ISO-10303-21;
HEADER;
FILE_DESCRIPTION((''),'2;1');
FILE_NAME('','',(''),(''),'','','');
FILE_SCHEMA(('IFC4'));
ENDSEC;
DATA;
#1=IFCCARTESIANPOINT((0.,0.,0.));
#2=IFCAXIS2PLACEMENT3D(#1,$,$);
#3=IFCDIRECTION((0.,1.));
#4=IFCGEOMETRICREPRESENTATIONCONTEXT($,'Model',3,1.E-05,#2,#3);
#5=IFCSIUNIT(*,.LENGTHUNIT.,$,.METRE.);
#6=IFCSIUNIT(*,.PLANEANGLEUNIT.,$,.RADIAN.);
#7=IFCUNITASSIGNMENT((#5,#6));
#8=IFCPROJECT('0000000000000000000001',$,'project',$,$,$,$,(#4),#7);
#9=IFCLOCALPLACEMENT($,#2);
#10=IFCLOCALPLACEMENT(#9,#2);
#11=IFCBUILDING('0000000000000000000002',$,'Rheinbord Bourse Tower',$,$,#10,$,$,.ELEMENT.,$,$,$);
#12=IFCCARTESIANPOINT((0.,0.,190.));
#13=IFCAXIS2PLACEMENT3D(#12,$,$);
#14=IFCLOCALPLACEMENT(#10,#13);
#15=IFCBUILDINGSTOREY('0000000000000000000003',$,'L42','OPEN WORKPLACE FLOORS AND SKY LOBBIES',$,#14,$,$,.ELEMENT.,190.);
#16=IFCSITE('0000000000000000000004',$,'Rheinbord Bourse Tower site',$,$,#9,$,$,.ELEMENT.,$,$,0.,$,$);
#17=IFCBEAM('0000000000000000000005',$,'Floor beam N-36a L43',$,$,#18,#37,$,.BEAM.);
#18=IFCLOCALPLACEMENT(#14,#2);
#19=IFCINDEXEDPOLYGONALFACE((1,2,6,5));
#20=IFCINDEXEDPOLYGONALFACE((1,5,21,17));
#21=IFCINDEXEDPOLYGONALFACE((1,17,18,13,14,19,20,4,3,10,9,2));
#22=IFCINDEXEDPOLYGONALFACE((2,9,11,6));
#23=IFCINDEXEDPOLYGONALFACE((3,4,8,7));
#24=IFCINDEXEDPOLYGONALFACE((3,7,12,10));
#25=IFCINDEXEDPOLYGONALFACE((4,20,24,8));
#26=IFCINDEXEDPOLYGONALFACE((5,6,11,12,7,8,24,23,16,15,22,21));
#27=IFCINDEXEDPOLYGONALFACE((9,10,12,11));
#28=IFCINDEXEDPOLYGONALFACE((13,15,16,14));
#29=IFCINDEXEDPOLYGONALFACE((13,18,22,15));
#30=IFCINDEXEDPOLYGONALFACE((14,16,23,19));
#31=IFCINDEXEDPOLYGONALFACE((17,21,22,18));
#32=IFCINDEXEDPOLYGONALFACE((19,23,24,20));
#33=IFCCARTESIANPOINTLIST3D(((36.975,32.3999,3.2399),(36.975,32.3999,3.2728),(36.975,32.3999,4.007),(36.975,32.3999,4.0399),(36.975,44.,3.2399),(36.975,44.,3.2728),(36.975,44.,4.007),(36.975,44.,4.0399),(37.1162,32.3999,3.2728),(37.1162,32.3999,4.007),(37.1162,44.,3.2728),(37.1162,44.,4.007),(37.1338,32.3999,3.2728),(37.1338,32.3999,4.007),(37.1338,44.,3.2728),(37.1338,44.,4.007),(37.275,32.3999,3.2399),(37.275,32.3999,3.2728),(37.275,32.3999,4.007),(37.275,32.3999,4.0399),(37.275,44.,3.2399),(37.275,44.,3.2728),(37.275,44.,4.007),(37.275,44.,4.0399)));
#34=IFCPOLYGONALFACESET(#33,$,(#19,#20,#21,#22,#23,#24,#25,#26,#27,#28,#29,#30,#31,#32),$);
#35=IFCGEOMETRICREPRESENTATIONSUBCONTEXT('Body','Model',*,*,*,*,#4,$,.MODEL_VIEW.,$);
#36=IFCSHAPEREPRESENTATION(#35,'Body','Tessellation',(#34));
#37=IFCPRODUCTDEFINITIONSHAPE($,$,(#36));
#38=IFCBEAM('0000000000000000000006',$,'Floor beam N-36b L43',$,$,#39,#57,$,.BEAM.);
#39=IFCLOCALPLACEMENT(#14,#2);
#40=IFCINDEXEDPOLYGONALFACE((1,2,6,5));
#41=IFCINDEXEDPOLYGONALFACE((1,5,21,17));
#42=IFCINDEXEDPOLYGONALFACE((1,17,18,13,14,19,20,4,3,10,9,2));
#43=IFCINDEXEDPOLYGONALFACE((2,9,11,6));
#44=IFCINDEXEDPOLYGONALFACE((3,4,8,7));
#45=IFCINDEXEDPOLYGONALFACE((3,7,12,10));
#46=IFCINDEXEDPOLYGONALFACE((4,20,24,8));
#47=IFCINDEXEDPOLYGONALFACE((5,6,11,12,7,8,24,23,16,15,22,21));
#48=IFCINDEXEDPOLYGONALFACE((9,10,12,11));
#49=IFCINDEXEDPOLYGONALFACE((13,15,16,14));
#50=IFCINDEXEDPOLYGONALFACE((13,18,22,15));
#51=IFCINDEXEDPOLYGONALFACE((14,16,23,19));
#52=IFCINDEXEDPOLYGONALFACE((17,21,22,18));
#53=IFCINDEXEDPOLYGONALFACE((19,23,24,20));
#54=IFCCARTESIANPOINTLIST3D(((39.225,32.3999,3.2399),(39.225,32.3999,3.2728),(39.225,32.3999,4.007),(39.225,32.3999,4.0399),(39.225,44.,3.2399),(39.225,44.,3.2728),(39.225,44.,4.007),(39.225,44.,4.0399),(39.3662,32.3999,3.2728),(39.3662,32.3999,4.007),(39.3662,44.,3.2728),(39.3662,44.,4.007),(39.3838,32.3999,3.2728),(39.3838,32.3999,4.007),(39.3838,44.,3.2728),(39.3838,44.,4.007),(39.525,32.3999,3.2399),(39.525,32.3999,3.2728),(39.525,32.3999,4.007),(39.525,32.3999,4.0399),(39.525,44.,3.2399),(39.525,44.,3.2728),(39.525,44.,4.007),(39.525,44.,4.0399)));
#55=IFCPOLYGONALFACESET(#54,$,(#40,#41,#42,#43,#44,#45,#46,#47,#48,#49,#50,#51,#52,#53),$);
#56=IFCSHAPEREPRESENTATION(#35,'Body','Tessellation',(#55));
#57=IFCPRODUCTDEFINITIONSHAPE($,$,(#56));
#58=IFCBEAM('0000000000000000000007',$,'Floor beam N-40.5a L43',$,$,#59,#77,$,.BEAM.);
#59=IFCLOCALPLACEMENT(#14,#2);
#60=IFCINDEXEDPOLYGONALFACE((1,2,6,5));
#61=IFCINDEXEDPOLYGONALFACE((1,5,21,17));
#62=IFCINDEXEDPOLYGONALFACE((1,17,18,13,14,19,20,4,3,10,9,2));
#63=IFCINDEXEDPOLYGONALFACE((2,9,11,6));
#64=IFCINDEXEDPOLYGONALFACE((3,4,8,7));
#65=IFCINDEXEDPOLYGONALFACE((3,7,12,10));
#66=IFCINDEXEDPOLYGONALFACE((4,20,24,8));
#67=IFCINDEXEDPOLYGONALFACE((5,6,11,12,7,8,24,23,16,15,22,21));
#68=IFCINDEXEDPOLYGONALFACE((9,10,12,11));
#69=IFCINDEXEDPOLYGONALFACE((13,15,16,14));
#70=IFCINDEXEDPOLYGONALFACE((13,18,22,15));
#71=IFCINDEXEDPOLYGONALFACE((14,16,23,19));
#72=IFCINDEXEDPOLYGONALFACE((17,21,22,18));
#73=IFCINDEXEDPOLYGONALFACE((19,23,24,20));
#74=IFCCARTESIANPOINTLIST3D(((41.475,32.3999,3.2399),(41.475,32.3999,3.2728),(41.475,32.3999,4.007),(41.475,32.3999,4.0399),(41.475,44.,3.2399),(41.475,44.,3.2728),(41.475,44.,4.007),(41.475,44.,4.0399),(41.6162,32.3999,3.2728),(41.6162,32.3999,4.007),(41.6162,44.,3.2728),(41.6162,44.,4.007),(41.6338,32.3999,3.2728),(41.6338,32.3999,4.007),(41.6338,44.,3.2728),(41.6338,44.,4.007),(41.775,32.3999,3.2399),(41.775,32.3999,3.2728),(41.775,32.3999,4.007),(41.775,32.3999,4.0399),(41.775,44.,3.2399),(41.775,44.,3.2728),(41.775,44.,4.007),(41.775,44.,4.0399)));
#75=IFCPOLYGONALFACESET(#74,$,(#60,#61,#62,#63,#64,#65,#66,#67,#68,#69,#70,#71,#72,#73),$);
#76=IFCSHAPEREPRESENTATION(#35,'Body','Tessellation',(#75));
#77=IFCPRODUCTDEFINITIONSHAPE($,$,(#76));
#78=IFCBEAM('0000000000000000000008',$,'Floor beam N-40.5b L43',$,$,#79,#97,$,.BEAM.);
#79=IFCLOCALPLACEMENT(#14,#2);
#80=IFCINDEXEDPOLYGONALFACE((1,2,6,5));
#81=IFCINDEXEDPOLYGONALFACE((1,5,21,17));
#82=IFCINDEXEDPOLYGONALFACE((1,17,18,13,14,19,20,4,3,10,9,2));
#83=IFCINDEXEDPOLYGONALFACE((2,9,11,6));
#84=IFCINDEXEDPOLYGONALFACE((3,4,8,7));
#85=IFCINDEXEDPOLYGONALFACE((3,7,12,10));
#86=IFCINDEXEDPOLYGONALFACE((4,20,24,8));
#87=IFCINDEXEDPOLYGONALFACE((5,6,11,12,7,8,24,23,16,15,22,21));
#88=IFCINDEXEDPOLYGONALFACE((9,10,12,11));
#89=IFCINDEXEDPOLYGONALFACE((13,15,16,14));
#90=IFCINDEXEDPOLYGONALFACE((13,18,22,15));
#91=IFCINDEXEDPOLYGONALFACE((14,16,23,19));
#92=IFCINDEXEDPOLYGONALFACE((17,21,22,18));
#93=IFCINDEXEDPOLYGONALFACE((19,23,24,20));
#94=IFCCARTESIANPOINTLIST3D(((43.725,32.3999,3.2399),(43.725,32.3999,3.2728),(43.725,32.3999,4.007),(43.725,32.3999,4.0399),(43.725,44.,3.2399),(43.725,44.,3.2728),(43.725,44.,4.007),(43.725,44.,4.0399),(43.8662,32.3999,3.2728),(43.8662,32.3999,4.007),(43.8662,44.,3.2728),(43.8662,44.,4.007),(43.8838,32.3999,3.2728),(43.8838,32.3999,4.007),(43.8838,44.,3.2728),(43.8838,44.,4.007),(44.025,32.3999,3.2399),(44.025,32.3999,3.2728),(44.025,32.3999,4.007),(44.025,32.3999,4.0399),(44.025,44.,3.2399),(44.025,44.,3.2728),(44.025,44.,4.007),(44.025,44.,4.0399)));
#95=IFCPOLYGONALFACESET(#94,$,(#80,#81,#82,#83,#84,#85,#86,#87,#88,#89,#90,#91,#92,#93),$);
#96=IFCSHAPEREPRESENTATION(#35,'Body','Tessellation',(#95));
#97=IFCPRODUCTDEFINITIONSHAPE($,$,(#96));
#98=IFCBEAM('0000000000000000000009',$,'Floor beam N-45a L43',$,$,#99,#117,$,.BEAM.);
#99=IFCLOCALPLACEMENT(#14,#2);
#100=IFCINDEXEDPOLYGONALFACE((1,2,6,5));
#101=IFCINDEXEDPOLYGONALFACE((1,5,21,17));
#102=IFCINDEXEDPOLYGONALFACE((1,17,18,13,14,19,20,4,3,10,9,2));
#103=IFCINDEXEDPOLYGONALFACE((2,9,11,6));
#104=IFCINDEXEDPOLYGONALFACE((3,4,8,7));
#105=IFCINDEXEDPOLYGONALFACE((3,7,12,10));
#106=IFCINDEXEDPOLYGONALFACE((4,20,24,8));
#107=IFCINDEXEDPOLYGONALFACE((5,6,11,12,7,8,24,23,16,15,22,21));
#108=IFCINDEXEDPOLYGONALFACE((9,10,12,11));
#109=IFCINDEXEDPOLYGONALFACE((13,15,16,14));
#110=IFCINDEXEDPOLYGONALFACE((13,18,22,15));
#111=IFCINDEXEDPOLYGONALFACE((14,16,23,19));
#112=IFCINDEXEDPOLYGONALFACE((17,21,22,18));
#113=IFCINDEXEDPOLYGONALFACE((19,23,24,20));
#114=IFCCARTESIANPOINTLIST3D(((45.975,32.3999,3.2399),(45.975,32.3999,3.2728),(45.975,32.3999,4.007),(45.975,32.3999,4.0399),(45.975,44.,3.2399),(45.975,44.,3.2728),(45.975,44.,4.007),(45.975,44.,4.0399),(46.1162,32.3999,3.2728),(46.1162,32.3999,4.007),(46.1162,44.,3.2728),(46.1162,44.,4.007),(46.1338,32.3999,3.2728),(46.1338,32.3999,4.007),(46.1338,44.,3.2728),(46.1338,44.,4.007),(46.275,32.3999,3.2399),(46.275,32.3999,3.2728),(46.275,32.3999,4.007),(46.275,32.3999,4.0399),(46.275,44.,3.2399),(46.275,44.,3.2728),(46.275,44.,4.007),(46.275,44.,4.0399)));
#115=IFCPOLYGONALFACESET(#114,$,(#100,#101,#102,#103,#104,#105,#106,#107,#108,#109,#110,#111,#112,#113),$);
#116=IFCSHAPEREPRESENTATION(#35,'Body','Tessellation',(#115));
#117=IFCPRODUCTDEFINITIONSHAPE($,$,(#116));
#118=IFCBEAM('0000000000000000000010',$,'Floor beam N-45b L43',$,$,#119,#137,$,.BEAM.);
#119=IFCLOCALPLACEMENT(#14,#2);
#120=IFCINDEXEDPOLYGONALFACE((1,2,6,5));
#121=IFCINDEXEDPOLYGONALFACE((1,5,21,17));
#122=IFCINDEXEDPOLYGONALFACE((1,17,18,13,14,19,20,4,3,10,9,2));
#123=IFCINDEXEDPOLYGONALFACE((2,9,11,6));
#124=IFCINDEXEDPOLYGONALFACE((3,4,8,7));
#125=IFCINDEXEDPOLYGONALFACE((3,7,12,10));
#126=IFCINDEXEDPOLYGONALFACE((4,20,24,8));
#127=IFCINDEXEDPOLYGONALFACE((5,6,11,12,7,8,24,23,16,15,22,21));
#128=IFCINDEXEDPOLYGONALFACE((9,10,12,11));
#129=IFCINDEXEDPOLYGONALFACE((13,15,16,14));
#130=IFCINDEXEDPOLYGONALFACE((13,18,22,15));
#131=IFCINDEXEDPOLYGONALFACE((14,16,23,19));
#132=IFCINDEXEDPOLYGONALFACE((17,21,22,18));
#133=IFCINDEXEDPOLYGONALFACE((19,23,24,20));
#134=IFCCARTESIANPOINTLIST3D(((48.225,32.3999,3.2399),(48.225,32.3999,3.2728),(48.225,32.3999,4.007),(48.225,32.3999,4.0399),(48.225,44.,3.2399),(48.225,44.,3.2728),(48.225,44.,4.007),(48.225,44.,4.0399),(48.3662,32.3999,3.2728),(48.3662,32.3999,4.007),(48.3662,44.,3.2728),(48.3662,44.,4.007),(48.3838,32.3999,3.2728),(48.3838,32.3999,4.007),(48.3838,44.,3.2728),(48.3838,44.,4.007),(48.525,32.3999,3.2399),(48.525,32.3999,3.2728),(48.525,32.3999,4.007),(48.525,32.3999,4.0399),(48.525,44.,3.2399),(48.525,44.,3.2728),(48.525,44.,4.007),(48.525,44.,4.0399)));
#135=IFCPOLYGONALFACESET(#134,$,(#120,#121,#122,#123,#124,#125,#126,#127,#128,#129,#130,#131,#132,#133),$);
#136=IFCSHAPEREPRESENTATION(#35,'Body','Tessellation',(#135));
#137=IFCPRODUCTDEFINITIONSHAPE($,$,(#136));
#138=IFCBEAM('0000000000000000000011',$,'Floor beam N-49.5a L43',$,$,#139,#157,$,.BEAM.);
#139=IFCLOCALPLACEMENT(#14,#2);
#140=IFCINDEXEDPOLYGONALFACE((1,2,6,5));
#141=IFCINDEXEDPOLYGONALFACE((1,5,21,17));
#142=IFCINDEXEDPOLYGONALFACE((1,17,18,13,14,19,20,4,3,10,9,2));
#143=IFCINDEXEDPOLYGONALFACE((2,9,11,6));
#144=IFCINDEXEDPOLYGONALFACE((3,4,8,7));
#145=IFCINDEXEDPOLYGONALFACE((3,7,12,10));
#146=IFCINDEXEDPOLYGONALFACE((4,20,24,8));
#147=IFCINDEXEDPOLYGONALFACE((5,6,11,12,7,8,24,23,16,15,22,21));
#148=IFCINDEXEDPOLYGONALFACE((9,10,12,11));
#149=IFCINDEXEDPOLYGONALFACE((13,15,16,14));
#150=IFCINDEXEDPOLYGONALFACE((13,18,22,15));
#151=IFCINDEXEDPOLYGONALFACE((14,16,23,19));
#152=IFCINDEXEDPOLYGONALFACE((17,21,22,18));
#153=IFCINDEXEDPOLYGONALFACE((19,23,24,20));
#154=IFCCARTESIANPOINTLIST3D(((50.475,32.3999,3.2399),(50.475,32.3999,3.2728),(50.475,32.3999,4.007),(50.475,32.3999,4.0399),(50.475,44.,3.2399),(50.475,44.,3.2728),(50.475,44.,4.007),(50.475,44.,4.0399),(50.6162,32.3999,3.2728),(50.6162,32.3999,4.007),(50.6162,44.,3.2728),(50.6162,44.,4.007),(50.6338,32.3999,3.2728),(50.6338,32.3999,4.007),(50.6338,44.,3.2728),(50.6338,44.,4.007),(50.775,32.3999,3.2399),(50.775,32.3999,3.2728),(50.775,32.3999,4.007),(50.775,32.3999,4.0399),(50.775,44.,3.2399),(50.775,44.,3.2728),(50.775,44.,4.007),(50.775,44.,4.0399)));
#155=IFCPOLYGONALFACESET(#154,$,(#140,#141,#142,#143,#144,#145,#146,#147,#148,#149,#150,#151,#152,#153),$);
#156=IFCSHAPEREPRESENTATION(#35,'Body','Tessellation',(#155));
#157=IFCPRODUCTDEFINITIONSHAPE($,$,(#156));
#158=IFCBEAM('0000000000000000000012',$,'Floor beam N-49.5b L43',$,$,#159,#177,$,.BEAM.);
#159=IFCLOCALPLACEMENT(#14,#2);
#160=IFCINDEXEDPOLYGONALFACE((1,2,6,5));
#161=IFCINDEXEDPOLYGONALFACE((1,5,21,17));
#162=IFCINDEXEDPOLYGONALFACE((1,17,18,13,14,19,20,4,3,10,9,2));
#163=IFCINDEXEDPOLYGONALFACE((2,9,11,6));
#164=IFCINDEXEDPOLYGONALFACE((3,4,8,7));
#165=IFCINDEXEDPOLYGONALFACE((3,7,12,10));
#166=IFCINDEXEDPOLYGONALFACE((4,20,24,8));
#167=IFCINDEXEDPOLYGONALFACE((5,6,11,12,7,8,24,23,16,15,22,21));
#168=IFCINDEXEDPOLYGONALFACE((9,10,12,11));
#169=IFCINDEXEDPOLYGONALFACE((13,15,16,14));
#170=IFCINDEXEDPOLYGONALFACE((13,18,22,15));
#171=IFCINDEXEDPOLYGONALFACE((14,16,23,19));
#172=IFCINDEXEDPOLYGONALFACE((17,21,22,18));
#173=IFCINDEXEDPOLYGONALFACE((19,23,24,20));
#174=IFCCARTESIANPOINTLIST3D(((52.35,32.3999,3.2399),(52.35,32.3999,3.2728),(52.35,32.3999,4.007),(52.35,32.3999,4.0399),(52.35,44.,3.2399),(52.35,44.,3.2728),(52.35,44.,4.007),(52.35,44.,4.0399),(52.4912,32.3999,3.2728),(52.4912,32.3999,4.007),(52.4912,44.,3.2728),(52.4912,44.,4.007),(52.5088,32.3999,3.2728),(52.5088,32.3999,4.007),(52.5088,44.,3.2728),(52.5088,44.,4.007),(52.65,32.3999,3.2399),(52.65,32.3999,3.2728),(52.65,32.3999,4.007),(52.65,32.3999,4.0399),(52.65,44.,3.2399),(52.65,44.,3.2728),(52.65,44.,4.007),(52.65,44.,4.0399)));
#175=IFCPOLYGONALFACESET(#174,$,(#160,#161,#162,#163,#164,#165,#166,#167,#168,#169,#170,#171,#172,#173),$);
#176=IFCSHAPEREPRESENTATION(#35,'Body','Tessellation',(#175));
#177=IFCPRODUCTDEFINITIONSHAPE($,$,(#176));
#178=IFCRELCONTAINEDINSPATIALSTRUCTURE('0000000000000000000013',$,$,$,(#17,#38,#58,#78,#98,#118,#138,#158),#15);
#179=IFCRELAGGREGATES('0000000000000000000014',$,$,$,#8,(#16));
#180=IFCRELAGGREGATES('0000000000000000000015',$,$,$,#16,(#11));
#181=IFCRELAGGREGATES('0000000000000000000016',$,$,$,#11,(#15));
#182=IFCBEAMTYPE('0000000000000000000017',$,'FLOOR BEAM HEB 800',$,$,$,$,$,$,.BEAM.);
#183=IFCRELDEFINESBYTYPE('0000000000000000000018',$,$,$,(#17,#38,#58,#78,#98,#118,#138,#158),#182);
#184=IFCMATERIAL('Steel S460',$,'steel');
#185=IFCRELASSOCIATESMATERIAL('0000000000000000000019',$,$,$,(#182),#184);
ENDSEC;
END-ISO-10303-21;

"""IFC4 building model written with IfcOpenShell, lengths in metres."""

from ifc_helpers import new_model, si_unit, direction, frame, origin, origin_2d, place, context, subcontext, project, spatial, i_section, extrude, material, material_profile, profile_set, type_object, element, save


model = new_model("IFC4")

# Units and contexts
model_context = context("Model", 3, precision=1e-05, world=origin(), true_north=direction((0.0, 1.0)))
body_context = subcontext(model_context, "Body", "Model", "MODEL_VIEW")
ifc_project = project(units=[si_unit("LENGTHUNIT", "METRE"), si_unit("PLANEANGLEUNIT", "RADIAN")], contexts=[model_context])

# Site, building, storey
site_placement = place(None, origin())
site = spatial("IfcSite", under=ifc_project, at=site_placement, Name="Rheinbord Bourse Tower site", CompositionType="ELEMENT", RefElevation=0.0)
building_placement = place(site_placement, origin())
building = spatial("IfcBuilding", under=site, at=building_placement, Name="Rheinbord Bourse Tower", CompositionType="ELEMENT")
storey_placement = place(building_placement, frame((0.0, 0.0, 190.0)))
storey = spatial("IfcBuildingStorey", under=building, at=storey_placement, Name="L42", Description="OPEN WORKPLACE FLOORS AND SKY LOBBIES", CompositionType="ELEMENT", Elevation=190.0)

# Beams
ifc_material_1 = material(Name="Steel S460", Category="steel")
ifc_material_profile_1 = material_profile(ifc_material_1, i_section(OverallWidth=0.3, OverallDepth=0.8, WebThickness=0.0176, FlangeThickness=0.033, at=origin_2d()), Name="HEB 800")
ifc_profile_set_1 = profile_set([ifc_material_profile_1], Name="Steel S460")
beam_type_1 = type_object("IfcBeamType", Name="FLOOR BEAM HEB 800", PredefinedType="BEAM", material=ifc_profile_set_1)
for number, where, z_axis, x_axis, name in (
    (1, (37.125, 44.0, 3.6399), (0.0, -1.0, 0.0), (1.0, 0.0, 0.0), "Floor beam N-36a L43"),
    (2, (39.375, 44.0, 3.6399), (0.0, -1.0, 0.0), (1.0, 0.0, 0.0), "Floor beam N-36b L43"),
    (3, (41.625, 44.0, 3.6399), (0.0, -1.0, 0.0), (1.0, 0.0, 0.0), "Floor beam N-40.5a L43"),
    (4, (43.875, 44.0, 3.6399), (0.0, -1.0, 0.0), (1.0, 0.0, 0.0), "Floor beam N-40.5b L43"),
    (5, (46.125, 44.0, 3.6399), (0.0, -1.0, 0.0), (1.0, 0.0, 0.0), "Floor beam N-45a L43"),
    (6, (48.375, 44.0, 3.6399), (0.0, -1.0, 0.0), (1.0, 0.0, 0.0), "Floor beam N-45b L43"),
    (7, (50.625, 44.0, 3.6399), (0.0, -1.0, 0.0), (1.0, 0.0, 0.0), "Floor beam N-49.5a L43"),
    (8, (52.5, 44.0, 3.6399), (0.0, -1.0, 0.0), (1.0, 0.0, 0.0), "Floor beam N-49.5b L43"),
):
    element("IfcBeam", number, at=place(storey_placement, frame(where, z_axis=z_axis, x_axis=x_axis)), inside=storey, type_object=beam_type_1, Name=name, PredefinedType="BEAM", context=body_context, shape_type="SweptSolid", body=[
        extrude(i_section(OverallWidth=0.3, OverallDepth=0.8, WebThickness=0.0176, FlangeThickness=0.033, at=origin_2d()), origin(), (0.0, 0.0, 1.0), 11.6001),
    ])

save(model, "model.ifc")
